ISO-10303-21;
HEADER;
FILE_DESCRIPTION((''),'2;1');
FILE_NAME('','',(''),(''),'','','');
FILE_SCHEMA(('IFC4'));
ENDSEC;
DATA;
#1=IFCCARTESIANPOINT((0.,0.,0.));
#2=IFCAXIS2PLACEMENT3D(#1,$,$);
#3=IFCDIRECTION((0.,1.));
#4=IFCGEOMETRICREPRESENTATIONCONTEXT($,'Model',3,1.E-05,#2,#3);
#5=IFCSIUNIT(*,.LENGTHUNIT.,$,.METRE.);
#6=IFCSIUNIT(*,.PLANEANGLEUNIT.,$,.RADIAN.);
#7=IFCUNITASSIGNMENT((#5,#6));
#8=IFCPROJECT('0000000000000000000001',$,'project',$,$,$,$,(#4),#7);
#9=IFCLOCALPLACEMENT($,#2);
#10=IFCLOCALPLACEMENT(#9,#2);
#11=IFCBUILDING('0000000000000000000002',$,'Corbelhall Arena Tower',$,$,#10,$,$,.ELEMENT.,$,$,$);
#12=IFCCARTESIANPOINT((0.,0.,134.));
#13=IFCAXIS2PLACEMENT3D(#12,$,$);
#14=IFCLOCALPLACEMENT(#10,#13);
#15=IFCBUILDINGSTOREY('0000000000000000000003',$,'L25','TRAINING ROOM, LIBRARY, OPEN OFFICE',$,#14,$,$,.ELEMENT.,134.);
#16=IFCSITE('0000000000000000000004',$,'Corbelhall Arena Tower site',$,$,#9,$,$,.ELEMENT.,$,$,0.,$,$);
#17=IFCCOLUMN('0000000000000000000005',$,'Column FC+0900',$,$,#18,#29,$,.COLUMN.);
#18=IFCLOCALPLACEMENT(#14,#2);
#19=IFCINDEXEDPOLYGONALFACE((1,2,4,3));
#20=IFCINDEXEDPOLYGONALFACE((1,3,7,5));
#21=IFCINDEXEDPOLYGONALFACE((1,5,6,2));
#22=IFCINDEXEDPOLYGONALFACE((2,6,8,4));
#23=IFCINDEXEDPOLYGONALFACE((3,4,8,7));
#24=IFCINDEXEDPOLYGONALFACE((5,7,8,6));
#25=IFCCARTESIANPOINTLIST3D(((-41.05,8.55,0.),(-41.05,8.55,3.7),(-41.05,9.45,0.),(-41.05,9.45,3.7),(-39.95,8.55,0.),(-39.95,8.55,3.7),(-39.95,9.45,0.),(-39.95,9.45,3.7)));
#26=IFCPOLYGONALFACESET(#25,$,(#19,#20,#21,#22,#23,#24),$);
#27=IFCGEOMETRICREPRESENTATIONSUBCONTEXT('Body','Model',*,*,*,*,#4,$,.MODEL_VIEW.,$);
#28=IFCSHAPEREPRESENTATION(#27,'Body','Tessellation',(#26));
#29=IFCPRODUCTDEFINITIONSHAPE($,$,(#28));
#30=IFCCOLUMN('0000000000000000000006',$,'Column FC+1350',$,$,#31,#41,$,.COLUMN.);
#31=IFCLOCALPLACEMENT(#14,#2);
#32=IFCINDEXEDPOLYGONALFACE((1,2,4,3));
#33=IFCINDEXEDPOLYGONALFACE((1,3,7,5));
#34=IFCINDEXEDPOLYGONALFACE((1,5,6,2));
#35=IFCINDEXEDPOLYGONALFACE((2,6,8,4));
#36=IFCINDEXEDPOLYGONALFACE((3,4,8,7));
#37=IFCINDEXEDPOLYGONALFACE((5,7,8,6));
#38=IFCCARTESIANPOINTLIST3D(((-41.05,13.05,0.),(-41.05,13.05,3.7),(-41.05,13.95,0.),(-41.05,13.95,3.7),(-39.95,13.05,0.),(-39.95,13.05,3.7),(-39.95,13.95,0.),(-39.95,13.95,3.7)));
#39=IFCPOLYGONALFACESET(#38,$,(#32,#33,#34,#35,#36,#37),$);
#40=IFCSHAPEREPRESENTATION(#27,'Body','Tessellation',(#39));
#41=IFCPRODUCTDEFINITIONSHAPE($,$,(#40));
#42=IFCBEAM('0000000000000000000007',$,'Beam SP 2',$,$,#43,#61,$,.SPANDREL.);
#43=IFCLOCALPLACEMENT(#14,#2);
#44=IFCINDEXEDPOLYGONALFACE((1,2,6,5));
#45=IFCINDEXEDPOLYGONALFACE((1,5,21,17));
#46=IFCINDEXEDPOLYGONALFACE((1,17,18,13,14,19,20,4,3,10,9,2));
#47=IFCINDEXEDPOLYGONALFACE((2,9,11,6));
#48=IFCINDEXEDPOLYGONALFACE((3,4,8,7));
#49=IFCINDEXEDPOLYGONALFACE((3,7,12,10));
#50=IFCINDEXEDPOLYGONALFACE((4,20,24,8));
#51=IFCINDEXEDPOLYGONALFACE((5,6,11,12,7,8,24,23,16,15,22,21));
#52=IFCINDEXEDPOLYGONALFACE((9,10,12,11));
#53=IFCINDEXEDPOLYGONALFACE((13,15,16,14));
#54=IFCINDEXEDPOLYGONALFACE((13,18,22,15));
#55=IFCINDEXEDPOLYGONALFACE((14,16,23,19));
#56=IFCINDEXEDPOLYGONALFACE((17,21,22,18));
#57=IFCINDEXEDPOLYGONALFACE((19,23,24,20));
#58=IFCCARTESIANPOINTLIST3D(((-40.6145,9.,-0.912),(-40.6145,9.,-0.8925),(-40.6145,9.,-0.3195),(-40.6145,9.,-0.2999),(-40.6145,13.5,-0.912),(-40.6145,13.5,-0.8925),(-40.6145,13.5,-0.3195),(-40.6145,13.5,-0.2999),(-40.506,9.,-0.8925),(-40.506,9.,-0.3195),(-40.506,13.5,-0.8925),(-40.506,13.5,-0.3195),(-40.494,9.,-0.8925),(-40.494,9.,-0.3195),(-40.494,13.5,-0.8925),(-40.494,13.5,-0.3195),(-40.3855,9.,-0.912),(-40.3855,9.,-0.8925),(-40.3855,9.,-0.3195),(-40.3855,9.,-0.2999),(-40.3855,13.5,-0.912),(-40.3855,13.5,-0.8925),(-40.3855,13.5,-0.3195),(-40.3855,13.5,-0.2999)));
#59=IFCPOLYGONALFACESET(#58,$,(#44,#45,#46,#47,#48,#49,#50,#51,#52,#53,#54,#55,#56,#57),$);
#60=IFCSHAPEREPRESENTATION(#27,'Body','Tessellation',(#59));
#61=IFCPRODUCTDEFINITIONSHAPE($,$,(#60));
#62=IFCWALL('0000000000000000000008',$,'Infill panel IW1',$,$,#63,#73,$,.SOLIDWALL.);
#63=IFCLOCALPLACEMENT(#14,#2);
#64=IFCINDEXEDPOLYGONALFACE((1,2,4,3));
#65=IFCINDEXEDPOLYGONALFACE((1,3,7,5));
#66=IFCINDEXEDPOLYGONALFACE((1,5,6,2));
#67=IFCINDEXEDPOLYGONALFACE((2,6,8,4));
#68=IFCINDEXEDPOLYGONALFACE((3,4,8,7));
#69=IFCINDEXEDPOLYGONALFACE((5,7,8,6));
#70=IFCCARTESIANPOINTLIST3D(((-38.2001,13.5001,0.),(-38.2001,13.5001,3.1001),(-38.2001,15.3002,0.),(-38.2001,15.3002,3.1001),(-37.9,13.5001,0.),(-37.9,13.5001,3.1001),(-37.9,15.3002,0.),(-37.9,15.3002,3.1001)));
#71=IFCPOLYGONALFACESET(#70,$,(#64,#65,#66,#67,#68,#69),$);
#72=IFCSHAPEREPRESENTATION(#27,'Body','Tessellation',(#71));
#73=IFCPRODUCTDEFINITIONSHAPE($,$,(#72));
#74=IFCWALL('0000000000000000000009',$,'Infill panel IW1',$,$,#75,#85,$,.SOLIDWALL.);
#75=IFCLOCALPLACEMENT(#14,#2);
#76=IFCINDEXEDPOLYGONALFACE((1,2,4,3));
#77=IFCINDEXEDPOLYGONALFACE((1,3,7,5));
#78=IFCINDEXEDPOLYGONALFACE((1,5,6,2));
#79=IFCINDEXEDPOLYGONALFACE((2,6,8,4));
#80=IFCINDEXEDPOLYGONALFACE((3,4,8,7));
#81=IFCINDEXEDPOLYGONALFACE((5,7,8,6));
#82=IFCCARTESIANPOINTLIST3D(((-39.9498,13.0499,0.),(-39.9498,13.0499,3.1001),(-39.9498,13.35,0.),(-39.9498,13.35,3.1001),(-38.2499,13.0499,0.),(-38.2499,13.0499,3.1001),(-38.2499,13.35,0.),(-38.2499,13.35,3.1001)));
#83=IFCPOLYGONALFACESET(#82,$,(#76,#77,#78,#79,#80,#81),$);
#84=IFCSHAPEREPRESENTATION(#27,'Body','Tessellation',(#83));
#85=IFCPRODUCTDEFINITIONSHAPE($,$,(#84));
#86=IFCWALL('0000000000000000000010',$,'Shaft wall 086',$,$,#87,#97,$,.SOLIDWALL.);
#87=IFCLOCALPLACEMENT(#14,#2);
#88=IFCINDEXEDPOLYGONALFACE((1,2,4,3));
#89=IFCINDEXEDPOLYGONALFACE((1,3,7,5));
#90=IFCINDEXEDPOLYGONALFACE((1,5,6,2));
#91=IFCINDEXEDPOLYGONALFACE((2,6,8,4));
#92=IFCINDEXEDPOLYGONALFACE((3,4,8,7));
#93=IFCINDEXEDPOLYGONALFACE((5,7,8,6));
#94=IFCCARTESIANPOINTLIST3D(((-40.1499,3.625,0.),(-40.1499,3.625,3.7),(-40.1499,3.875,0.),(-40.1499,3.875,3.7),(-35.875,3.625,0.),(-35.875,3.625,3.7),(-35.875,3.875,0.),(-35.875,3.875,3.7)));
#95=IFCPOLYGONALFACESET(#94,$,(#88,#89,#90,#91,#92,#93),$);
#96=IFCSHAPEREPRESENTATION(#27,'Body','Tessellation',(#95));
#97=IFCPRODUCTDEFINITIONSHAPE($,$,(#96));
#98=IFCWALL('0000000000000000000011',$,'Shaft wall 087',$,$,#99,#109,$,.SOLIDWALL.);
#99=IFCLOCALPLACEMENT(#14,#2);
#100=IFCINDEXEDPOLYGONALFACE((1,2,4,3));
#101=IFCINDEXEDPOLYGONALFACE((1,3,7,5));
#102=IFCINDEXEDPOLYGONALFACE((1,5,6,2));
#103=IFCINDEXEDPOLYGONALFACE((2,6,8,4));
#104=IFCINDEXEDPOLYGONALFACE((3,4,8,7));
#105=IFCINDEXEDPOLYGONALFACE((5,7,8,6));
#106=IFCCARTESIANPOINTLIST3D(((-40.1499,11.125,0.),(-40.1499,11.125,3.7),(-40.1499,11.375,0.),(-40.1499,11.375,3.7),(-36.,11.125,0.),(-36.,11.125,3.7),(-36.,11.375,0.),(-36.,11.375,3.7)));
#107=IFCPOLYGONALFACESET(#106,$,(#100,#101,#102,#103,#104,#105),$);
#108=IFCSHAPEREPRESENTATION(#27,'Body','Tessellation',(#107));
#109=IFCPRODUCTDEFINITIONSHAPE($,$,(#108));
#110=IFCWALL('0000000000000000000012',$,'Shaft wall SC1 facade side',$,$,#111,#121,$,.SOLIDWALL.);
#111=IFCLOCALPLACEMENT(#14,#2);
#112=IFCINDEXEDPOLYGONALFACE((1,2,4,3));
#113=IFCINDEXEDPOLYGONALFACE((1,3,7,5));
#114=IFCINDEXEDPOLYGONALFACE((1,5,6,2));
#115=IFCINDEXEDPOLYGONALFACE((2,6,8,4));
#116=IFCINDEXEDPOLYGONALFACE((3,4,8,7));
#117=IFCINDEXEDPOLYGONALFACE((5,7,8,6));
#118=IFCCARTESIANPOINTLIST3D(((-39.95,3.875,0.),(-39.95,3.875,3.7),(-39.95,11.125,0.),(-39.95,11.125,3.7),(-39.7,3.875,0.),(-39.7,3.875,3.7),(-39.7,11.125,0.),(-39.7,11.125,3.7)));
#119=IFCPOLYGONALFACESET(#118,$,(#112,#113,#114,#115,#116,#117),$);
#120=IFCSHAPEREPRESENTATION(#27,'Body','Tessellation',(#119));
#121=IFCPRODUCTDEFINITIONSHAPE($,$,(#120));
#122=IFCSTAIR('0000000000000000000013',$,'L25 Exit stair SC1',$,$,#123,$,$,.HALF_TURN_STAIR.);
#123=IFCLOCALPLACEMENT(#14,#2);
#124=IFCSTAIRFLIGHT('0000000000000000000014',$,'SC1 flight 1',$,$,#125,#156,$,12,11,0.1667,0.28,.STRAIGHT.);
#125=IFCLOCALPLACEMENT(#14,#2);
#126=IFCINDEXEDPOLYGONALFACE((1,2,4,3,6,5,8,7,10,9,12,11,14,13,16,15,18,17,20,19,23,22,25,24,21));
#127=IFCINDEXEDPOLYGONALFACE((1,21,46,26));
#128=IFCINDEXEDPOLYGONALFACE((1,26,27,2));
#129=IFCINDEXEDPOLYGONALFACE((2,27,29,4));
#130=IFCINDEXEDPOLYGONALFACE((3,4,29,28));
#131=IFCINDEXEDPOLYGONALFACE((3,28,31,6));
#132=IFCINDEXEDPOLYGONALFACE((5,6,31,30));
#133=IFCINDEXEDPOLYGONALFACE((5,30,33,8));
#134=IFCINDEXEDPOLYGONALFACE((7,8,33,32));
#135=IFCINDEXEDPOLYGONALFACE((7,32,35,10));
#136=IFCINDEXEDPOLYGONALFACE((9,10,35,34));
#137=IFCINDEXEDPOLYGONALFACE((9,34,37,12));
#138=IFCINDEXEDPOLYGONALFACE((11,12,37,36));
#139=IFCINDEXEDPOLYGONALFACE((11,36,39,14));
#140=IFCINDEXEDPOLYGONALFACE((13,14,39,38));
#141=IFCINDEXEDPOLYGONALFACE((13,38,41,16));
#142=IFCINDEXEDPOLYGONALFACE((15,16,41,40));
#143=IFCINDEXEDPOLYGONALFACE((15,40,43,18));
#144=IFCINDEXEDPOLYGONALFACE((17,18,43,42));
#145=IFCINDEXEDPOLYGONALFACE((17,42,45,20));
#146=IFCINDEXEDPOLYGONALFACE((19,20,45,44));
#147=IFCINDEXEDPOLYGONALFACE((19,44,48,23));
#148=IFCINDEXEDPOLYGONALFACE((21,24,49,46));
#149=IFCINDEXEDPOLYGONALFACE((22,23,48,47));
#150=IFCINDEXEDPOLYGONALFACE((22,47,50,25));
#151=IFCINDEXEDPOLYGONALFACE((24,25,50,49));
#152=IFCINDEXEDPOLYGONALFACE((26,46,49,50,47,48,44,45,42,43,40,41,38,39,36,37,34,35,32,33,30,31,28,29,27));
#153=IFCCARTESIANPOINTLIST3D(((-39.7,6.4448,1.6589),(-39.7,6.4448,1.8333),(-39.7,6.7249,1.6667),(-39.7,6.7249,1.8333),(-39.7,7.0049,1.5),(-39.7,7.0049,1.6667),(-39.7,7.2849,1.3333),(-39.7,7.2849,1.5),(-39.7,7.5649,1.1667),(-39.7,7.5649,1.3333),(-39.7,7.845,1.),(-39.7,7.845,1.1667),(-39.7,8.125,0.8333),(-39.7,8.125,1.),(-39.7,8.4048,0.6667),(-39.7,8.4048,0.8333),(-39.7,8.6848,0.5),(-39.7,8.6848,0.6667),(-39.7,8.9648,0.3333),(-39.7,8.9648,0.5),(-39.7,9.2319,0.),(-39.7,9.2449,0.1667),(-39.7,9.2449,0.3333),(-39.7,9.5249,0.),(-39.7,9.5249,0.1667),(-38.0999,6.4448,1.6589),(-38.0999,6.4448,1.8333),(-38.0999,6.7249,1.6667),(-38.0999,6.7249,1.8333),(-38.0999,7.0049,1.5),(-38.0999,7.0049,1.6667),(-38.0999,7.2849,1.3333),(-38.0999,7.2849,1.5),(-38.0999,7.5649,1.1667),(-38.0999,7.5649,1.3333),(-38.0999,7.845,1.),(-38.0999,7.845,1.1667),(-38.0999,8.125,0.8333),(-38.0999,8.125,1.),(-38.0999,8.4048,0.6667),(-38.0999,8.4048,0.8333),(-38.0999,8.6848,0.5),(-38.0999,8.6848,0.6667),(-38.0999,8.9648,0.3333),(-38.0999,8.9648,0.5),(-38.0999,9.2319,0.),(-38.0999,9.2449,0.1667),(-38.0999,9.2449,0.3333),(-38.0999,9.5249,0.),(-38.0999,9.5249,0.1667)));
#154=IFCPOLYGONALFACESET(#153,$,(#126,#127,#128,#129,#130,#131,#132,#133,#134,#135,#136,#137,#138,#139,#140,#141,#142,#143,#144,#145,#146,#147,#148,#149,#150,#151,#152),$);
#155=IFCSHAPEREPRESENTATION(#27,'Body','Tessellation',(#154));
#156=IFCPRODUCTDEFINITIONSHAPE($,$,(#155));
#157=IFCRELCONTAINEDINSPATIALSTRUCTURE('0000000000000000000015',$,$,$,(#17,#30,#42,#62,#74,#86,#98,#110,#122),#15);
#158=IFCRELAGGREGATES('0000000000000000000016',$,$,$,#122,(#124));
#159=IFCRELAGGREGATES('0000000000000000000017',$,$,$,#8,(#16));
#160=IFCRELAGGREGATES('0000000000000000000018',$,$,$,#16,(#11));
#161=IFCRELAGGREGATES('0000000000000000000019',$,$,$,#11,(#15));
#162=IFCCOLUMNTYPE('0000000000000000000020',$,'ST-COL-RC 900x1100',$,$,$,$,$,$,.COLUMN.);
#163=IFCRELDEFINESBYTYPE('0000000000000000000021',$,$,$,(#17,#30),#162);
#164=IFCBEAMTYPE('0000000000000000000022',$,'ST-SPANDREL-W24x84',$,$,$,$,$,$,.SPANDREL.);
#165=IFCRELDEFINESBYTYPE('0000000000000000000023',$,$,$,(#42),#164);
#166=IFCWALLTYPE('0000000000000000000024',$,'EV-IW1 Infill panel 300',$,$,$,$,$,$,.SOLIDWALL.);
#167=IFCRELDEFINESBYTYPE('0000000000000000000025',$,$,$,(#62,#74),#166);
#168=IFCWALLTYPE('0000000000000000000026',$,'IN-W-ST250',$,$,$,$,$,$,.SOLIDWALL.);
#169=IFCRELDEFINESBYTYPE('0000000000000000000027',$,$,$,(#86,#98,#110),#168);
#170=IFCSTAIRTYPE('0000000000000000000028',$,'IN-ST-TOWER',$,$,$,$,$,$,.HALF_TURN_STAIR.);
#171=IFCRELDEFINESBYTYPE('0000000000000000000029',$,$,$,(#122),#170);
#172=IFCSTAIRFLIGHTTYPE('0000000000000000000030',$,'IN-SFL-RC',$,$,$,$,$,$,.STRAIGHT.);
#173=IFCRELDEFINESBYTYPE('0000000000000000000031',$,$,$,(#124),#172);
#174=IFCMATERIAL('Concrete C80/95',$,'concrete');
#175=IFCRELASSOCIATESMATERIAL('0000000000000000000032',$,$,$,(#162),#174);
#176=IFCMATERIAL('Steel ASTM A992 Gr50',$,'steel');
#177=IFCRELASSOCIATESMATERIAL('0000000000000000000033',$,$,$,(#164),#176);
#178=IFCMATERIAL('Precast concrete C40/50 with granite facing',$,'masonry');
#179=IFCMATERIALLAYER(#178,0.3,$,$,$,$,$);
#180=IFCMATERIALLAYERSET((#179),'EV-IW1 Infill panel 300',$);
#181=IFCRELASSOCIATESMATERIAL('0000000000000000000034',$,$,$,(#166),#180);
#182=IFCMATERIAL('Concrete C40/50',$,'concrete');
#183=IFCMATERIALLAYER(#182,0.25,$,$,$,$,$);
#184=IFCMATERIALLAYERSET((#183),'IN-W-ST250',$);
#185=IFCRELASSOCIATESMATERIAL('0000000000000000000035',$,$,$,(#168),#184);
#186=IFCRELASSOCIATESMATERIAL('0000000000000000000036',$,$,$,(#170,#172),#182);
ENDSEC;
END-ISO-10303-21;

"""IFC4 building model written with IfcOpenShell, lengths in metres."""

from ifc_helpers import new_model, si_unit, direction, frame, frame_2d, origin, origin_2d, place, context, subcontext, project, spatial, polyline, rectangle, i_section, outline, extrude, material, layer, layer_set, material_profile, profile_set, type_object, element, aggregate, save


model = new_model("IFC4")

# Units and contexts
model_context = context("Model", 3, precision=1e-05, world=origin(), true_north=direction((0.0, 1.0)))
body_context = subcontext(model_context, "Body", "Model", "MODEL_VIEW")
ifc_project = project(units=[si_unit("LENGTHUNIT", "METRE"), si_unit("PLANEANGLEUNIT", "RADIAN")], contexts=[model_context])

# Site, building, storey
site_placement = place(None, origin())
site = spatial("IfcSite", under=ifc_project, at=site_placement, Name="Corbelhall Arena Tower site", CompositionType="ELEMENT", RefElevation=0.0)
building_placement = place(site_placement, origin())
building = spatial("IfcBuilding", under=site, at=building_placement, Name="Corbelhall Arena Tower", CompositionType="ELEMENT")
storey_placement = place(building_placement, frame((0.0, 0.0, 134.0)))
storey = spatial("IfcBuildingStorey", under=building, at=storey_placement, Name="L25", Description="TRAINING ROOM, LIBRARY, OPEN OFFICE", CompositionType="ELEMENT", Elevation=134.0)

# Columns
ifc_material_1 = material(Name="Concrete C80/95", Category="concrete")
ifc_material_profile_1 = material_profile(ifc_material_1, rectangle(XDim=0.8999, YDim=1.1001, at=origin_2d()))
ifc_profile_set_1 = profile_set([ifc_material_profile_1], Name="Concrete C80/95")
column_type = type_object("IfcColumnType", Name="ST-COL-RC 900x1100", PredefinedType="COLUMN", material=ifc_profile_set_1)
for number, where, z_axis, x_axis, name in (
    (1, (-40.5, 9.0, 0.0), (0.0, 0.0, 1.0), (0.0, 1.0, 0.0), "Column FC+0900"),
    (2, (-40.5, 13.5, 0.0), (0.0, 0.0, 1.0), (0.0, 1.0, 0.0), "Column FC+1350"),
):
    element("IfcColumn", number, at=place(storey_placement, frame(where, z_axis=z_axis, x_axis=x_axis)), inside=storey, type_object=column_type, Name=name, PredefinedType="COLUMN", context=body_context, shape_type="SweptSolid", body=[
        extrude(rectangle(XDim=0.8999, YDim=1.1001, at=origin_2d()), origin(), (0.0, 0.0, 1.0), 3.7),
    ])

# Beam
ifc_material_2 = material(Name="Steel ASTM A992 Gr50", Category="steel")
ifc_material_profile_2 = material_profile(ifc_material_2, i_section(OverallWidth=0.229, OverallDepth=0.6121, WebThickness=0.012, FlangeThickness=0.0195, at=origin_2d()))
ifc_profile_set_2 = profile_set([ifc_material_profile_2], Name="Steel ASTM A992 Gr50")
beam_type = type_object("IfcBeamType", Name="ST-SPANDREL-W24x84", PredefinedType="SPANDREL", material=ifc_profile_set_2)
beam_placement = place(storey_placement, frame((-40.5, 9.0, -0.606), z_axis=(0.0, 1.0, 0.0), x_axis=(-1.0, 0.0, 0.0)))
element("IfcBeam", 3, at=beam_placement, inside=storey, type_object=beam_type, Name="Beam SP 2", PredefinedType="SPANDREL", context=body_context, shape_type="SweptSolid", body=[
    extrude(i_section(OverallWidth=0.229, OverallDepth=0.6121, WebThickness=0.012, FlangeThickness=0.0195, at=origin_2d()), origin(), (0.0, 0.0, 1.0), 4.5),
])

# Walls
ifc_material_3 = material(Name="Precast concrete C40/50 with granite facing", Category="masonry")
ifc_layer_1 = layer(ifc_material_3, 0.3)
ifc_layer_set_1 = layer_set([ifc_layer_1], Name="EV-IW1 Infill panel 300")
wall_type_1 = type_object("IfcWallType", Name="EV-IW1 Infill panel 300", PredefinedType="SOLIDWALL", material=ifc_layer_set_1)
wall_1_placement = place(storey_placement, frame((-38.05, 15.3, 0.0), z_axis=(0.0, 0.0, 1.0), x_axis=(0.0, -1.0, 0.0)))
element("IfcWall", 4, at=wall_1_placement, inside=storey, type_object=wall_type_1, Name="Infill panel IW1", PredefinedType="SOLIDWALL", context=body_context, shape_type="SweptSolid", body=[
    extrude(rectangle(XDim=1.8, YDim=0.3, at=frame_2d((0.8999, 0.0))), origin(), (0.0, 0.0, 1.0), 3.1001),
])
wall_2_placement = place(storey_placement, frame((-39.95, 13.2, 0.0), z_axis=(0.0, 0.0, 1.0), x_axis=(1.0, 0.0, 0.0)))
element("IfcWall", 5, at=wall_2_placement, inside=storey, type_object=wall_type_1, Name="Infill panel IW1", PredefinedType="SOLIDWALL", context=body_context, shape_type="SweptSolid", body=[
    extrude(rectangle(XDim=1.7, YDim=0.3, at=frame_2d((0.8501, 0.0))), origin(), (0.0, 0.0, 1.0), 3.1001),
])

# Walls
ifc_material_4 = material(Name="Concrete C40/50", Category="concrete")
ifc_layer_2 = layer(ifc_material_4, 0.25)
ifc_layer_set_2 = layer_set([ifc_layer_2], Name="IN-W-ST250")
wall_type_2 = type_object("IfcWallType", Name="IN-W-ST250", PredefinedType="SOLIDWALL", material=ifc_layer_set_2)
wall_3_placement = place(storey_placement, frame((-40.1499, 3.75, 0.0), z_axis=(0.0, 0.0, 1.0), x_axis=(1.0, 0.0, 0.0)))
element("IfcWall", 6, at=wall_3_placement, inside=storey, type_object=wall_type_2, Name="Shaft wall 086", PredefinedType="SOLIDWALL", context=body_context, shape_type="SweptSolid", body=[
    extrude(rectangle(XDim=4.2749, YDim=0.25, at=frame_2d((2.1375, 0.0))), origin(), (0.0, 0.0, 1.0), 3.7),
])
wall_4_placement = place(storey_placement, frame((-40.1499, 11.25, 0.0), z_axis=(0.0, 0.0, 1.0), x_axis=(1.0, 0.0, 0.0)))
element("IfcWall", 7, at=wall_4_placement, inside=storey, type_object=wall_type_2, Name="Shaft wall 087", PredefinedType="SOLIDWALL", context=body_context, shape_type="SweptSolid", body=[
    extrude(rectangle(XDim=4.1499, YDim=0.25, at=frame_2d((2.075, 0.0))), origin(), (0.0, 0.0, 1.0), 3.7),
])
wall_5_placement = place(storey_placement, frame((-39.825, 3.875, 0.0), z_axis=(0.0, 0.0, 1.0), x_axis=(0.0, 1.0, 0.0)))
element("IfcWall", 8, at=wall_5_placement, inside=storey, type_object=wall_type_2, Name="Shaft wall SC1 facade side", PredefinedType="SOLIDWALL", context=body_context, shape_type="SweptSolid", body=[
    extrude(rectangle(XDim=7.25, YDim=0.25, at=frame_2d((3.625, 0.0))), origin(), (0.0, 0.0, 1.0), 3.7),
])

# Stair, stair flight
stair_type = type_object("IfcStairType", Name="IN-ST-TOWER", PredefinedType="HALF_TURN_STAIR", material=ifc_material_4)
stair_placement = place(storey_placement, origin())
stair = element("IfcStair", 9, at=stair_placement, inside=storey, type_object=stair_type, Name="L25 Exit stair SC1", PredefinedType="HALF_TURN_STAIR")
stair_flight_type = type_object("IfcStairFlightType", Name="IN-SFL-RC", PredefinedType="STRAIGHT", material=ifc_material_4)
stair_flight_1_placement = place(storey_placement, frame((-38.8999, 9.5249, 0.0), z_axis=(0.0, 0.0, 1.0), x_axis=(0.0, -1.0, 0.0)))
stair_flight_1 = element("IfcStairFlight", 10, at=stair_flight_1_placement, type_object=stair_flight_type, Name="SC1 flight 1", NumberOfRisers=12, NumberOfTreads=11, PredefinedType="STRAIGHT", RiserHeight=0.1667, TreadLength=0.28, context=body_context, shape_type="SweptSolid", body=[
    extrude(outline(polyline([(0.0, 0.0), (0.0, 0.1667), (0.28, 0.1667), (0.28, 0.3333), (0.5601, 0.3333), (0.5601, 0.5), (0.8401, 0.5), (0.8401, 0.6667), (1.1201, 0.6667), (1.1201, 0.8333), (1.3999, 0.8333), (1.3999, 1.0), (1.6799, 1.0), (1.6799, 1.1667), (1.96, 1.1667), (1.96, 1.3333), (2.24, 1.3333), (2.24, 1.5), (2.52, 1.5), (2.52, 1.6667), (2.8, 1.6667), (2.8, 1.8333), (3.0801, 1.8333), (3.0801, 2.0), (3.0801, 1.6589), (0.293, 0.0), (0.0, 0.0)])), frame((0.0, 0.8, 0.0), z_axis=(0.0, -1.0, 0.0), x_axis=(1.0, 0.0, 0.0)), (0.0, 0.0, 1.0), 1.6001),
])
aggregate(stair, [stair_flight_1])

save(model, "model.ifc")
